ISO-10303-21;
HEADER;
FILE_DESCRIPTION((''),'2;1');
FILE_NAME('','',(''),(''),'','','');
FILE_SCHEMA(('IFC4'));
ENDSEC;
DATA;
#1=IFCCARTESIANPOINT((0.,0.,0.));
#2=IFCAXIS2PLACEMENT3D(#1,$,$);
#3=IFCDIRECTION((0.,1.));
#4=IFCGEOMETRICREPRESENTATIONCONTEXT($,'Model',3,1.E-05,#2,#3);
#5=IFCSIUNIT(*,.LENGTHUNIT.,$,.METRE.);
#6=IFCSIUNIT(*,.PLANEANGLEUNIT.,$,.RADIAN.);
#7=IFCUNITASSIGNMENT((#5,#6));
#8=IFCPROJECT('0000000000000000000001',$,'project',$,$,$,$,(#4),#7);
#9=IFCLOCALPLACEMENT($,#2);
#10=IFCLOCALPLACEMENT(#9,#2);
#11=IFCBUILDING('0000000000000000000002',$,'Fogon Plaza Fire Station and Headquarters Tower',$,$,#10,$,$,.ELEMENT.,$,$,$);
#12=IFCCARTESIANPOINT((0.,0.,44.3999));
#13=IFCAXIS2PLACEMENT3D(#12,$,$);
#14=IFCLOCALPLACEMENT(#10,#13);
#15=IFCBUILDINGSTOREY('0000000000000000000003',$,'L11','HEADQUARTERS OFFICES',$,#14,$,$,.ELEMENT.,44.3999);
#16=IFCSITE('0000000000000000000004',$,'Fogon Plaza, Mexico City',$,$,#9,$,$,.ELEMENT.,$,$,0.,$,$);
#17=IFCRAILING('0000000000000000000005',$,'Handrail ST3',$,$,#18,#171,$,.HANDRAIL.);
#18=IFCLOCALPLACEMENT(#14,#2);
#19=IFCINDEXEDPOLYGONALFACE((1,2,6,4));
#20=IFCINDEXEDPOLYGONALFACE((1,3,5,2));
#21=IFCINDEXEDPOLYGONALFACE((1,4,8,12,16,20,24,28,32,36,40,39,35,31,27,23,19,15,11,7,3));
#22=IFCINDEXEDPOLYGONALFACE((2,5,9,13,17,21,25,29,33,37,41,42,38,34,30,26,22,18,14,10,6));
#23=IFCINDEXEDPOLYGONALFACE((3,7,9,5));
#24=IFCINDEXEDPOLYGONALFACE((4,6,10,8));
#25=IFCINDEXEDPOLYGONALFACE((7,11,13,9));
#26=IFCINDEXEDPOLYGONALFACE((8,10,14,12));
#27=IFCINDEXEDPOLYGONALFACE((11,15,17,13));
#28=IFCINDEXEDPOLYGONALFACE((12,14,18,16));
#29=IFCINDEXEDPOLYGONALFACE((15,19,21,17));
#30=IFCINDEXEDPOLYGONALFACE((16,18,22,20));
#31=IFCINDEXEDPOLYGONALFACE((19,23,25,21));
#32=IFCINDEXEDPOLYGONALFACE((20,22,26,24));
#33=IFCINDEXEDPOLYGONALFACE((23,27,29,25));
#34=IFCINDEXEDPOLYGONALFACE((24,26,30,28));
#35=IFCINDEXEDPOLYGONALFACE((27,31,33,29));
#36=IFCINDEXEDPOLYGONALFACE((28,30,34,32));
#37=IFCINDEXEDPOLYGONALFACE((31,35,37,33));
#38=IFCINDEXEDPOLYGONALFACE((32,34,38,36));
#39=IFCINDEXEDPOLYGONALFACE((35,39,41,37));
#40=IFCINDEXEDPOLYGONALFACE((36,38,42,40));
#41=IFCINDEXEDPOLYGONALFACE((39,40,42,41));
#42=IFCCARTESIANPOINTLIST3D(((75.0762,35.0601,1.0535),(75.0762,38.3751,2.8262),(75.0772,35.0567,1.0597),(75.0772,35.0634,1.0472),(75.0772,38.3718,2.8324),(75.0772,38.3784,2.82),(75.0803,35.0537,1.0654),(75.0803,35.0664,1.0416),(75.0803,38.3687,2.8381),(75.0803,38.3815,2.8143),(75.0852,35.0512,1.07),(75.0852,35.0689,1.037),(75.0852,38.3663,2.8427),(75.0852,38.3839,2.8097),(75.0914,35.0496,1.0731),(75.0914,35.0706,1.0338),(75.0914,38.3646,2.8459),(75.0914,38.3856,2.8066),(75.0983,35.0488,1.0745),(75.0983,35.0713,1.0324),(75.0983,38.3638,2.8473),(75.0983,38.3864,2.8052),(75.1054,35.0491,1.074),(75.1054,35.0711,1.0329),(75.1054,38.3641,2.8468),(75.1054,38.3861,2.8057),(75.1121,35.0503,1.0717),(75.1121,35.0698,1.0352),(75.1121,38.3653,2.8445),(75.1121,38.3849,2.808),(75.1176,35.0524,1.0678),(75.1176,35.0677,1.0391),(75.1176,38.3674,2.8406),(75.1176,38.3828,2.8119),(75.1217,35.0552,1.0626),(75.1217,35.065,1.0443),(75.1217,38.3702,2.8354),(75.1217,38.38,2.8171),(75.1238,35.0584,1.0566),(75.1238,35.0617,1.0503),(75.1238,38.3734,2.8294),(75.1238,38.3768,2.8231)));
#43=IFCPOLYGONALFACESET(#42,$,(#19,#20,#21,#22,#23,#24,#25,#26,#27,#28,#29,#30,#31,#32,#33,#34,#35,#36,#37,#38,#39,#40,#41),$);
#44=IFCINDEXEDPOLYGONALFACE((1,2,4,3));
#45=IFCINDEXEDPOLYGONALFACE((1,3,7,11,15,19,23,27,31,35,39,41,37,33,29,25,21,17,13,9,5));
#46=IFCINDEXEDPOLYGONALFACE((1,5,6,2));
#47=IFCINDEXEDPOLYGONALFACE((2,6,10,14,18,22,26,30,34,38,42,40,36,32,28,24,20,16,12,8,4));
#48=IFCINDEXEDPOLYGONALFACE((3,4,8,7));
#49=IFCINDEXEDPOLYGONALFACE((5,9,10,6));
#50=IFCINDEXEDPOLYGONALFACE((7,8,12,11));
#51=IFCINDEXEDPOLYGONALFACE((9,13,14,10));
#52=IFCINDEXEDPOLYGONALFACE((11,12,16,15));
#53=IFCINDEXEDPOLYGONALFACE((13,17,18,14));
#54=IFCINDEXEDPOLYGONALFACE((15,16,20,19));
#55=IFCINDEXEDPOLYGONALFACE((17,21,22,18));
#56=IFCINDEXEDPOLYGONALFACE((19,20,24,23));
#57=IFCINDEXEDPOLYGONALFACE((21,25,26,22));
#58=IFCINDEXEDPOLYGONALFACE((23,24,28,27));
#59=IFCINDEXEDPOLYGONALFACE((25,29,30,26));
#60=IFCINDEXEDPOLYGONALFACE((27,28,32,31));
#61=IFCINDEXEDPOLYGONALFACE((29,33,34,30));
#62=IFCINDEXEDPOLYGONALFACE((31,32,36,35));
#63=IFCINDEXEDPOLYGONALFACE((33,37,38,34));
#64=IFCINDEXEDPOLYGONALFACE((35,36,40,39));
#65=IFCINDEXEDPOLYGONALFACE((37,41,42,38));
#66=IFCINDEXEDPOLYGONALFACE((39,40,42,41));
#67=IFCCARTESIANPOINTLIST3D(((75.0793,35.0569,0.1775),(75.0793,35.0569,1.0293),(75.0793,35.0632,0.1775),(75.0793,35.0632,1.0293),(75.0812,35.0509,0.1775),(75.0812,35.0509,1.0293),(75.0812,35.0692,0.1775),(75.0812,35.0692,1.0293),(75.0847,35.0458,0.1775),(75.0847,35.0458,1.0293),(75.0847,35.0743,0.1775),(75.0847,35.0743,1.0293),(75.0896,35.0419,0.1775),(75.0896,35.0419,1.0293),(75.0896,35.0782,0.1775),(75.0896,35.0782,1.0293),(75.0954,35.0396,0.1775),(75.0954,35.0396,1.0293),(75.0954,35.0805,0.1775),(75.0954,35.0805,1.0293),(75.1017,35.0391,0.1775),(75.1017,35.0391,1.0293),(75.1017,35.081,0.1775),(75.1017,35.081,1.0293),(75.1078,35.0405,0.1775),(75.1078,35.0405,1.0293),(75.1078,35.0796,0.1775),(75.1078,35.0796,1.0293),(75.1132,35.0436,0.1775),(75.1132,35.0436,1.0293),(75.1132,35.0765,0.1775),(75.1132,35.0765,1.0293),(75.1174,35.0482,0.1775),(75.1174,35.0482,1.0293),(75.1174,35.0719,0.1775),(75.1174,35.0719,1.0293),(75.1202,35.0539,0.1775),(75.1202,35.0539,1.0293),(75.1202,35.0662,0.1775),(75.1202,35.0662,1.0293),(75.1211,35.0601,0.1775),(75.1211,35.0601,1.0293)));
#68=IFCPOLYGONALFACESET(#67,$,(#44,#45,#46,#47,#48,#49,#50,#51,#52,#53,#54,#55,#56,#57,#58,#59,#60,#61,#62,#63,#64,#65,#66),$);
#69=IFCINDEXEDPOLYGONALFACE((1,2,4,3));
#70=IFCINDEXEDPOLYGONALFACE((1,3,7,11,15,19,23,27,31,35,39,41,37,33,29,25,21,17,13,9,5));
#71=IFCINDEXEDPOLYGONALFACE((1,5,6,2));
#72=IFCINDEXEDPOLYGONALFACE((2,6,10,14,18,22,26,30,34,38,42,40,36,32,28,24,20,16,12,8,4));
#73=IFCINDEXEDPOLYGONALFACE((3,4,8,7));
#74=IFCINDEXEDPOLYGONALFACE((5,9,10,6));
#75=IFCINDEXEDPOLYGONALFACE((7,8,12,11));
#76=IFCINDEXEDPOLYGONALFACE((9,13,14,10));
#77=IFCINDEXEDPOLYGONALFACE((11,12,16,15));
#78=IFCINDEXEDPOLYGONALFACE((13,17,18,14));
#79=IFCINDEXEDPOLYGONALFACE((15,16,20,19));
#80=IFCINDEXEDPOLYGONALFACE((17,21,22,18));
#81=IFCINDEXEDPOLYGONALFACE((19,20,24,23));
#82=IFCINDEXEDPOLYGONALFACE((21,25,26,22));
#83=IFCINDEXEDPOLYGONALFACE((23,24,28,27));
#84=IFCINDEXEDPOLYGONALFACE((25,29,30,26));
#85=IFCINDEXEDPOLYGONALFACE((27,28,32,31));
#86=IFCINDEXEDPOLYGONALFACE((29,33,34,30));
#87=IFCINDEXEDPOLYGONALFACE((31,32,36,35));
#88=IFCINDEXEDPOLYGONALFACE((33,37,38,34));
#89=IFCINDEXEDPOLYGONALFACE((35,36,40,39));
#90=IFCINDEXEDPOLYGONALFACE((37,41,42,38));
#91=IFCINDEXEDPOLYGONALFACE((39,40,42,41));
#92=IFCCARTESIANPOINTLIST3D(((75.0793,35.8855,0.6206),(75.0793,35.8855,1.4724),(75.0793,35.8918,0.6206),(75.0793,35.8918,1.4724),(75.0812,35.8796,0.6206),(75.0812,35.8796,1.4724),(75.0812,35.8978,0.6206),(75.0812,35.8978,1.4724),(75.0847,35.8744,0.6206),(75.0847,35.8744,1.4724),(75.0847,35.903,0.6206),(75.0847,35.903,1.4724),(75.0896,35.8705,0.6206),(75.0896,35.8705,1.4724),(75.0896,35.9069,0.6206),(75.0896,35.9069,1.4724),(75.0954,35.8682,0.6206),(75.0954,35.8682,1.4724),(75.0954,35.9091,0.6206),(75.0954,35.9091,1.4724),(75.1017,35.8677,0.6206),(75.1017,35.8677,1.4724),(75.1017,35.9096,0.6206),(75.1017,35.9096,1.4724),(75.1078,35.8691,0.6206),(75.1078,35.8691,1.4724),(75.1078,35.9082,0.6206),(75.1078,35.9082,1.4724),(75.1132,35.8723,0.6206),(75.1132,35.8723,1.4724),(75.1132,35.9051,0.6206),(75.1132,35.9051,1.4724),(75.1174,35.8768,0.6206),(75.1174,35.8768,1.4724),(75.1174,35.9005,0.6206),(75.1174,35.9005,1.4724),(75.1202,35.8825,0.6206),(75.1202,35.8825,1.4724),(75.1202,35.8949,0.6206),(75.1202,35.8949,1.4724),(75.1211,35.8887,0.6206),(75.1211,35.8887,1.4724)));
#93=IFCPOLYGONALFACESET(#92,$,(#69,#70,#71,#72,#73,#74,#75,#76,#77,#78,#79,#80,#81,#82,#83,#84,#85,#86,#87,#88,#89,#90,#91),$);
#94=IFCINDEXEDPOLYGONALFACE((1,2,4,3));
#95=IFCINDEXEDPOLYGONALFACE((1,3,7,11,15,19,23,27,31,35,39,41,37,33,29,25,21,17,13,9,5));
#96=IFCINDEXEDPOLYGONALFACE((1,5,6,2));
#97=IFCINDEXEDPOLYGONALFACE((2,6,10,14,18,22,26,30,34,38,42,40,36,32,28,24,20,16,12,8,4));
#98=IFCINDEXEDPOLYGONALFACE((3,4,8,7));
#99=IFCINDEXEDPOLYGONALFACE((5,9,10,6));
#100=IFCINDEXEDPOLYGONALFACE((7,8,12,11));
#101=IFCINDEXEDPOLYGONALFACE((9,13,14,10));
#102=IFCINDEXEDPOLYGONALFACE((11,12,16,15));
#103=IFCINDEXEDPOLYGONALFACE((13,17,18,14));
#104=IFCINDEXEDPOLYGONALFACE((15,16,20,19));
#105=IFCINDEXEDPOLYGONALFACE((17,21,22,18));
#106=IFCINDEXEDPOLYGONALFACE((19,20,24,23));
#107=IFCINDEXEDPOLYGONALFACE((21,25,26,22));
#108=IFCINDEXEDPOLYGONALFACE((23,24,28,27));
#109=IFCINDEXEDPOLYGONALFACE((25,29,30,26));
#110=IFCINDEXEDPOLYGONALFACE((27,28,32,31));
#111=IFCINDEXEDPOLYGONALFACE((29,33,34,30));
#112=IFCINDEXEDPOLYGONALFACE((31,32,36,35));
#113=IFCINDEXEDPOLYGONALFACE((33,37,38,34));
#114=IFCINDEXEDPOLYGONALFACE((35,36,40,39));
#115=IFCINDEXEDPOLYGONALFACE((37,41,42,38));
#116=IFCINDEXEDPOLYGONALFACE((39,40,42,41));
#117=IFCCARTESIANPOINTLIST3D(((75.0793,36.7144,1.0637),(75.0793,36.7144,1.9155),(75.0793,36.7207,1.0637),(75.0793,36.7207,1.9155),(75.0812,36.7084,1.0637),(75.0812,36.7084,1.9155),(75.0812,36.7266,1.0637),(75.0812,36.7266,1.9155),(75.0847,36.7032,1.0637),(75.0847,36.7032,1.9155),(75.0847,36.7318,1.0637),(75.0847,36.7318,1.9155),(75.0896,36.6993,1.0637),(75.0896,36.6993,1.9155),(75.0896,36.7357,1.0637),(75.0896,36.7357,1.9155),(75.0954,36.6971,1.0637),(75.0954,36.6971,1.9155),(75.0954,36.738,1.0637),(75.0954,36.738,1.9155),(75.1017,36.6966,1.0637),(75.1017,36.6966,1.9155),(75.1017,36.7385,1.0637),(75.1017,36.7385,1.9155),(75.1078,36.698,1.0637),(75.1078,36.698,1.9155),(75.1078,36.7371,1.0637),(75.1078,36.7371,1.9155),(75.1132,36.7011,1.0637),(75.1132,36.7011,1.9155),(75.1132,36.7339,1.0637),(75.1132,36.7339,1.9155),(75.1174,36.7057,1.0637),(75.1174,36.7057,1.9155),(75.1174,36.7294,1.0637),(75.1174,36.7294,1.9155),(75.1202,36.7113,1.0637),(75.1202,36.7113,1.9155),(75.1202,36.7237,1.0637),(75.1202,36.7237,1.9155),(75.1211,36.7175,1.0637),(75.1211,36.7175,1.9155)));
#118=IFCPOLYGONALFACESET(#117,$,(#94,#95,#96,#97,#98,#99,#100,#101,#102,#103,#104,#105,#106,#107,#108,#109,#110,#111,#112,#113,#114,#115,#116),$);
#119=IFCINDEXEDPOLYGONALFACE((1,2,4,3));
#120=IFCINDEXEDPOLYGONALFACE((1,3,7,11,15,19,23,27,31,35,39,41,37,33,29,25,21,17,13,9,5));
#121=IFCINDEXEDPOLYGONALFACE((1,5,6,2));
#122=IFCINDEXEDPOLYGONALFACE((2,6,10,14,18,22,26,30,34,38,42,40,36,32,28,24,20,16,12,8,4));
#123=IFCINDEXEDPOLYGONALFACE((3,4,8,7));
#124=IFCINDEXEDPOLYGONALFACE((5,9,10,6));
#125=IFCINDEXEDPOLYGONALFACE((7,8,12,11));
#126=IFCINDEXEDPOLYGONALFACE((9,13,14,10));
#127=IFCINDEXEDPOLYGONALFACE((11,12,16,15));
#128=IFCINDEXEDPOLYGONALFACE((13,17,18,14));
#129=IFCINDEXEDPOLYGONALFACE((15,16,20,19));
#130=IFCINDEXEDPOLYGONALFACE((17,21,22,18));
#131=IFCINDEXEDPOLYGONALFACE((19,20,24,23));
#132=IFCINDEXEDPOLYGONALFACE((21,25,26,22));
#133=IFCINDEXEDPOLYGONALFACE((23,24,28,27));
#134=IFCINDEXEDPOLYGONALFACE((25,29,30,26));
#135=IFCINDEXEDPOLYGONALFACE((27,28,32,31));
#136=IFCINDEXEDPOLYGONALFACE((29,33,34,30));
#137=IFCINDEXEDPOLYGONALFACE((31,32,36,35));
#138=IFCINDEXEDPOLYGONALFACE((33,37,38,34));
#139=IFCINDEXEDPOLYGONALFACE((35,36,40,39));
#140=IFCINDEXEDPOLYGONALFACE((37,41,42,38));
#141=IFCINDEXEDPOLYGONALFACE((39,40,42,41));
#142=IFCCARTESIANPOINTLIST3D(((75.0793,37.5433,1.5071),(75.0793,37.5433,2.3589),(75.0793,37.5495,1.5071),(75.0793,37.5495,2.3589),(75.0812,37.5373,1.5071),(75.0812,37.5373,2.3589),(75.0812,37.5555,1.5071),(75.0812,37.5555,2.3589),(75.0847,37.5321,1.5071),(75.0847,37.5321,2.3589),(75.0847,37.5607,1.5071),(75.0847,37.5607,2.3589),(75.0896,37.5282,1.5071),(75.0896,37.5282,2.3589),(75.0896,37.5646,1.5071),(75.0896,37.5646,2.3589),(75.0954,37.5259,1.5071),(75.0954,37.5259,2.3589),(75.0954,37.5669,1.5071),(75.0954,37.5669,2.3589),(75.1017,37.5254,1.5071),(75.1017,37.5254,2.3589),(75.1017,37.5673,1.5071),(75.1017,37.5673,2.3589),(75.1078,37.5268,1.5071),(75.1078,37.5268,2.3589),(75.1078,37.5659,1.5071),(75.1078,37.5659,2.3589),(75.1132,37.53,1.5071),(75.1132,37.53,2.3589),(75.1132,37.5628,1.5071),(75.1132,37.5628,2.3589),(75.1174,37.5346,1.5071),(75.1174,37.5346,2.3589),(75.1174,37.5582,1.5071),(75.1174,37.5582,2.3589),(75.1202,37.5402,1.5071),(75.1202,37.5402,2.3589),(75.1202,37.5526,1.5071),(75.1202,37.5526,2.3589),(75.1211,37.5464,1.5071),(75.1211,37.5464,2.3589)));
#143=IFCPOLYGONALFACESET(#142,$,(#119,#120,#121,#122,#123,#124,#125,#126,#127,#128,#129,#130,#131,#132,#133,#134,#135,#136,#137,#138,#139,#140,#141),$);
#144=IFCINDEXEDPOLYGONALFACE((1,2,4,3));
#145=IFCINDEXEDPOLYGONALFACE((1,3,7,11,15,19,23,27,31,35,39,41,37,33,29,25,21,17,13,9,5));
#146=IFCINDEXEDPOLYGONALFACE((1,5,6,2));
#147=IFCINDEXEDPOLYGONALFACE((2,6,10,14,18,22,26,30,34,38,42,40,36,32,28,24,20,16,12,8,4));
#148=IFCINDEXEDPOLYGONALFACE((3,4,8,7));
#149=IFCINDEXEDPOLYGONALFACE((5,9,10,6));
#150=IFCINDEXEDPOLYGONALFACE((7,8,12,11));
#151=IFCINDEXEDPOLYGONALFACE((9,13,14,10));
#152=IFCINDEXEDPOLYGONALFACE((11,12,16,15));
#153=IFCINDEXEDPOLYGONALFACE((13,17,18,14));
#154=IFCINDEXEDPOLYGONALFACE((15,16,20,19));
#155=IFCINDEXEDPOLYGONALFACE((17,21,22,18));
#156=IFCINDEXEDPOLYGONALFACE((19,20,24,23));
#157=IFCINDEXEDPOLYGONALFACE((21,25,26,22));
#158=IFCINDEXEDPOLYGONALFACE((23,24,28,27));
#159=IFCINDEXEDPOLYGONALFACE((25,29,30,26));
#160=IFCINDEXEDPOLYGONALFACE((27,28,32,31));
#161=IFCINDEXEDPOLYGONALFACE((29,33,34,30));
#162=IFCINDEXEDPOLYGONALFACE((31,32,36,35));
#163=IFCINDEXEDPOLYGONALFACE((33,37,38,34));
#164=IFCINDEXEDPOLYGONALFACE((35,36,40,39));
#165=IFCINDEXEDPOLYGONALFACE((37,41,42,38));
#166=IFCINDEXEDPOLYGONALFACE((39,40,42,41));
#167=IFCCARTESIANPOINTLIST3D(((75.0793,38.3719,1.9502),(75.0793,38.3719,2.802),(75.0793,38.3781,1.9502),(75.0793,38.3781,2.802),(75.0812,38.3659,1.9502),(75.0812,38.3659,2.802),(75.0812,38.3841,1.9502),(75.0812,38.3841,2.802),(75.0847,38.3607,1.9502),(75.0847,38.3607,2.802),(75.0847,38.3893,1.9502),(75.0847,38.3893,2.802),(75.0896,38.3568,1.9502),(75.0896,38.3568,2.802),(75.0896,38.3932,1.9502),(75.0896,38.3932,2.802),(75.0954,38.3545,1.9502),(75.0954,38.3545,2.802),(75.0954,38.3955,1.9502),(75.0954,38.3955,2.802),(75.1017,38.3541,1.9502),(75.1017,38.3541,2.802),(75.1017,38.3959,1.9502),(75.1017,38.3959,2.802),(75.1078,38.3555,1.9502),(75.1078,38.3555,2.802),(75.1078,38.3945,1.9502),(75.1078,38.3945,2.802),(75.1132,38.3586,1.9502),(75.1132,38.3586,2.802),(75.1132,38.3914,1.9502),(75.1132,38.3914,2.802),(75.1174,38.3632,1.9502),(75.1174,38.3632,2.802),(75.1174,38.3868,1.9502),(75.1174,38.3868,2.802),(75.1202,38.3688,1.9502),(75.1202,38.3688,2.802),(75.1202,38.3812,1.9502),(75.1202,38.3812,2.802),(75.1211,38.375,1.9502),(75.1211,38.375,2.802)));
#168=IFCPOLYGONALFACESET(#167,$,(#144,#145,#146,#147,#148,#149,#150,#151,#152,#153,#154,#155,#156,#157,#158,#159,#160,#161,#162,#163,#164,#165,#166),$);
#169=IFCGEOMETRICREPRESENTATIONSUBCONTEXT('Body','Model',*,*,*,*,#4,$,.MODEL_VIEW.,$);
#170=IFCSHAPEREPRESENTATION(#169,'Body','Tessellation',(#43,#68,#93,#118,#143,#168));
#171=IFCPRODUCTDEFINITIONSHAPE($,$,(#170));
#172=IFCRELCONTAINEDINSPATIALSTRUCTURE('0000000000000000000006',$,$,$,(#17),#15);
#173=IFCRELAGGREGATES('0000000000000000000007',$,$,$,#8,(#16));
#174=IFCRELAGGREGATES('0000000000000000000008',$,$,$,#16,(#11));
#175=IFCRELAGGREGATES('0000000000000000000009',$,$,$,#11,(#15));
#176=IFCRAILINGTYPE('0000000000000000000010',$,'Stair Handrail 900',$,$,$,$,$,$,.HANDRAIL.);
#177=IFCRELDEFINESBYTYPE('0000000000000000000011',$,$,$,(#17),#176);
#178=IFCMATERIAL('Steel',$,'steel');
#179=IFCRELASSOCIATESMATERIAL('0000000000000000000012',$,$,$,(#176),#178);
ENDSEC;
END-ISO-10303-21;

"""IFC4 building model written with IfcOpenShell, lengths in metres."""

from ifc_helpers import new_model, si_unit, direction, frame, origin, origin_2d, place, context, subcontext, project, spatial, circle, extrude, material, type_object, element, save


model = new_model("IFC4")

# Units and contexts
model_context = context("Model", 3, precision=1e-05, world=origin(), true_north=direction((0.0, 1.0)))
body_context = subcontext(model_context, "Body", "Model", "MODEL_VIEW")
ifc_project = project(units=[si_unit("LENGTHUNIT", "METRE"), si_unit("PLANEANGLEUNIT", "RADIAN")], contexts=[model_context])

# Site, building, storey
site_placement = place(None, origin())
site = spatial("IfcSite", under=ifc_project, at=site_placement, Name="Fogon Plaza, Mexico City", CompositionType="ELEMENT", RefElevation=0.0)
building_placement = place(site_placement, origin())
building = spatial("IfcBuilding", under=site, at=building_placement, Name="Fogon Plaza Fire Station and Headquarters Tower", CompositionType="ELEMENT")
storey_placement = place(building_placement, frame((0.0, 0.0, 44.3999)))
storey = spatial("IfcBuildingStorey", under=building, at=storey_placement, Name="L11", Description="HEADQUARTERS OFFICES", CompositionType="ELEMENT", Elevation=44.3999)

# Railing
ifc_material_1 = material(Name="Steel", Category="steel")
railing_type = type_object("IfcRailingType", Name="Stair Handrail 900", PredefinedType="HANDRAIL", material=ifc_material_1)
for number, where, name in (
    (1, (75.1001, 35.0601, 0.1775), "Handrail ST3"),
):
    element("IfcRailing", number, at=place(storey_placement, frame(where)), inside=storey, type_object=railing_type, Name=name, PredefinedType="HANDRAIL", context=body_context, shape_type="SweptSolid", body=[
        extrude(circle(Radius=0.0239, at=origin_2d()), frame((0.0, 0.0, 0.876), z_axis=(0.0, 0.881829, 0.471569), x_axis=(-1.0, 0.0, 0.0)), (0.0, 0.0, 1.0), 3.7593),
        extrude(circle(Radius=0.021, at=origin_2d()), origin(), (0.0, 0.0, 1.0), 0.8518),
        extrude(circle(Radius=0.021, at=origin_2d()), frame((0.0, 0.8286, 0.4431)), (0.0, 0.0, 1.0), 0.8518),
        extrude(circle(Radius=0.021, at=origin_2d()), frame((0.0, 1.6575, 0.8862)), (0.0, 0.0, 1.0), 0.8518),
        extrude(circle(Radius=0.021, at=origin_2d()), frame((0.0, 2.4863, 1.3296)), (0.0, 0.0, 1.0), 0.8518),
        extrude(circle(Radius=0.021, at=origin_2d()), frame((0.0, 3.3149, 1.7727)), (0.0, 0.0, 1.0), 0.8518),
    ])

save(model, "model.ifc")
